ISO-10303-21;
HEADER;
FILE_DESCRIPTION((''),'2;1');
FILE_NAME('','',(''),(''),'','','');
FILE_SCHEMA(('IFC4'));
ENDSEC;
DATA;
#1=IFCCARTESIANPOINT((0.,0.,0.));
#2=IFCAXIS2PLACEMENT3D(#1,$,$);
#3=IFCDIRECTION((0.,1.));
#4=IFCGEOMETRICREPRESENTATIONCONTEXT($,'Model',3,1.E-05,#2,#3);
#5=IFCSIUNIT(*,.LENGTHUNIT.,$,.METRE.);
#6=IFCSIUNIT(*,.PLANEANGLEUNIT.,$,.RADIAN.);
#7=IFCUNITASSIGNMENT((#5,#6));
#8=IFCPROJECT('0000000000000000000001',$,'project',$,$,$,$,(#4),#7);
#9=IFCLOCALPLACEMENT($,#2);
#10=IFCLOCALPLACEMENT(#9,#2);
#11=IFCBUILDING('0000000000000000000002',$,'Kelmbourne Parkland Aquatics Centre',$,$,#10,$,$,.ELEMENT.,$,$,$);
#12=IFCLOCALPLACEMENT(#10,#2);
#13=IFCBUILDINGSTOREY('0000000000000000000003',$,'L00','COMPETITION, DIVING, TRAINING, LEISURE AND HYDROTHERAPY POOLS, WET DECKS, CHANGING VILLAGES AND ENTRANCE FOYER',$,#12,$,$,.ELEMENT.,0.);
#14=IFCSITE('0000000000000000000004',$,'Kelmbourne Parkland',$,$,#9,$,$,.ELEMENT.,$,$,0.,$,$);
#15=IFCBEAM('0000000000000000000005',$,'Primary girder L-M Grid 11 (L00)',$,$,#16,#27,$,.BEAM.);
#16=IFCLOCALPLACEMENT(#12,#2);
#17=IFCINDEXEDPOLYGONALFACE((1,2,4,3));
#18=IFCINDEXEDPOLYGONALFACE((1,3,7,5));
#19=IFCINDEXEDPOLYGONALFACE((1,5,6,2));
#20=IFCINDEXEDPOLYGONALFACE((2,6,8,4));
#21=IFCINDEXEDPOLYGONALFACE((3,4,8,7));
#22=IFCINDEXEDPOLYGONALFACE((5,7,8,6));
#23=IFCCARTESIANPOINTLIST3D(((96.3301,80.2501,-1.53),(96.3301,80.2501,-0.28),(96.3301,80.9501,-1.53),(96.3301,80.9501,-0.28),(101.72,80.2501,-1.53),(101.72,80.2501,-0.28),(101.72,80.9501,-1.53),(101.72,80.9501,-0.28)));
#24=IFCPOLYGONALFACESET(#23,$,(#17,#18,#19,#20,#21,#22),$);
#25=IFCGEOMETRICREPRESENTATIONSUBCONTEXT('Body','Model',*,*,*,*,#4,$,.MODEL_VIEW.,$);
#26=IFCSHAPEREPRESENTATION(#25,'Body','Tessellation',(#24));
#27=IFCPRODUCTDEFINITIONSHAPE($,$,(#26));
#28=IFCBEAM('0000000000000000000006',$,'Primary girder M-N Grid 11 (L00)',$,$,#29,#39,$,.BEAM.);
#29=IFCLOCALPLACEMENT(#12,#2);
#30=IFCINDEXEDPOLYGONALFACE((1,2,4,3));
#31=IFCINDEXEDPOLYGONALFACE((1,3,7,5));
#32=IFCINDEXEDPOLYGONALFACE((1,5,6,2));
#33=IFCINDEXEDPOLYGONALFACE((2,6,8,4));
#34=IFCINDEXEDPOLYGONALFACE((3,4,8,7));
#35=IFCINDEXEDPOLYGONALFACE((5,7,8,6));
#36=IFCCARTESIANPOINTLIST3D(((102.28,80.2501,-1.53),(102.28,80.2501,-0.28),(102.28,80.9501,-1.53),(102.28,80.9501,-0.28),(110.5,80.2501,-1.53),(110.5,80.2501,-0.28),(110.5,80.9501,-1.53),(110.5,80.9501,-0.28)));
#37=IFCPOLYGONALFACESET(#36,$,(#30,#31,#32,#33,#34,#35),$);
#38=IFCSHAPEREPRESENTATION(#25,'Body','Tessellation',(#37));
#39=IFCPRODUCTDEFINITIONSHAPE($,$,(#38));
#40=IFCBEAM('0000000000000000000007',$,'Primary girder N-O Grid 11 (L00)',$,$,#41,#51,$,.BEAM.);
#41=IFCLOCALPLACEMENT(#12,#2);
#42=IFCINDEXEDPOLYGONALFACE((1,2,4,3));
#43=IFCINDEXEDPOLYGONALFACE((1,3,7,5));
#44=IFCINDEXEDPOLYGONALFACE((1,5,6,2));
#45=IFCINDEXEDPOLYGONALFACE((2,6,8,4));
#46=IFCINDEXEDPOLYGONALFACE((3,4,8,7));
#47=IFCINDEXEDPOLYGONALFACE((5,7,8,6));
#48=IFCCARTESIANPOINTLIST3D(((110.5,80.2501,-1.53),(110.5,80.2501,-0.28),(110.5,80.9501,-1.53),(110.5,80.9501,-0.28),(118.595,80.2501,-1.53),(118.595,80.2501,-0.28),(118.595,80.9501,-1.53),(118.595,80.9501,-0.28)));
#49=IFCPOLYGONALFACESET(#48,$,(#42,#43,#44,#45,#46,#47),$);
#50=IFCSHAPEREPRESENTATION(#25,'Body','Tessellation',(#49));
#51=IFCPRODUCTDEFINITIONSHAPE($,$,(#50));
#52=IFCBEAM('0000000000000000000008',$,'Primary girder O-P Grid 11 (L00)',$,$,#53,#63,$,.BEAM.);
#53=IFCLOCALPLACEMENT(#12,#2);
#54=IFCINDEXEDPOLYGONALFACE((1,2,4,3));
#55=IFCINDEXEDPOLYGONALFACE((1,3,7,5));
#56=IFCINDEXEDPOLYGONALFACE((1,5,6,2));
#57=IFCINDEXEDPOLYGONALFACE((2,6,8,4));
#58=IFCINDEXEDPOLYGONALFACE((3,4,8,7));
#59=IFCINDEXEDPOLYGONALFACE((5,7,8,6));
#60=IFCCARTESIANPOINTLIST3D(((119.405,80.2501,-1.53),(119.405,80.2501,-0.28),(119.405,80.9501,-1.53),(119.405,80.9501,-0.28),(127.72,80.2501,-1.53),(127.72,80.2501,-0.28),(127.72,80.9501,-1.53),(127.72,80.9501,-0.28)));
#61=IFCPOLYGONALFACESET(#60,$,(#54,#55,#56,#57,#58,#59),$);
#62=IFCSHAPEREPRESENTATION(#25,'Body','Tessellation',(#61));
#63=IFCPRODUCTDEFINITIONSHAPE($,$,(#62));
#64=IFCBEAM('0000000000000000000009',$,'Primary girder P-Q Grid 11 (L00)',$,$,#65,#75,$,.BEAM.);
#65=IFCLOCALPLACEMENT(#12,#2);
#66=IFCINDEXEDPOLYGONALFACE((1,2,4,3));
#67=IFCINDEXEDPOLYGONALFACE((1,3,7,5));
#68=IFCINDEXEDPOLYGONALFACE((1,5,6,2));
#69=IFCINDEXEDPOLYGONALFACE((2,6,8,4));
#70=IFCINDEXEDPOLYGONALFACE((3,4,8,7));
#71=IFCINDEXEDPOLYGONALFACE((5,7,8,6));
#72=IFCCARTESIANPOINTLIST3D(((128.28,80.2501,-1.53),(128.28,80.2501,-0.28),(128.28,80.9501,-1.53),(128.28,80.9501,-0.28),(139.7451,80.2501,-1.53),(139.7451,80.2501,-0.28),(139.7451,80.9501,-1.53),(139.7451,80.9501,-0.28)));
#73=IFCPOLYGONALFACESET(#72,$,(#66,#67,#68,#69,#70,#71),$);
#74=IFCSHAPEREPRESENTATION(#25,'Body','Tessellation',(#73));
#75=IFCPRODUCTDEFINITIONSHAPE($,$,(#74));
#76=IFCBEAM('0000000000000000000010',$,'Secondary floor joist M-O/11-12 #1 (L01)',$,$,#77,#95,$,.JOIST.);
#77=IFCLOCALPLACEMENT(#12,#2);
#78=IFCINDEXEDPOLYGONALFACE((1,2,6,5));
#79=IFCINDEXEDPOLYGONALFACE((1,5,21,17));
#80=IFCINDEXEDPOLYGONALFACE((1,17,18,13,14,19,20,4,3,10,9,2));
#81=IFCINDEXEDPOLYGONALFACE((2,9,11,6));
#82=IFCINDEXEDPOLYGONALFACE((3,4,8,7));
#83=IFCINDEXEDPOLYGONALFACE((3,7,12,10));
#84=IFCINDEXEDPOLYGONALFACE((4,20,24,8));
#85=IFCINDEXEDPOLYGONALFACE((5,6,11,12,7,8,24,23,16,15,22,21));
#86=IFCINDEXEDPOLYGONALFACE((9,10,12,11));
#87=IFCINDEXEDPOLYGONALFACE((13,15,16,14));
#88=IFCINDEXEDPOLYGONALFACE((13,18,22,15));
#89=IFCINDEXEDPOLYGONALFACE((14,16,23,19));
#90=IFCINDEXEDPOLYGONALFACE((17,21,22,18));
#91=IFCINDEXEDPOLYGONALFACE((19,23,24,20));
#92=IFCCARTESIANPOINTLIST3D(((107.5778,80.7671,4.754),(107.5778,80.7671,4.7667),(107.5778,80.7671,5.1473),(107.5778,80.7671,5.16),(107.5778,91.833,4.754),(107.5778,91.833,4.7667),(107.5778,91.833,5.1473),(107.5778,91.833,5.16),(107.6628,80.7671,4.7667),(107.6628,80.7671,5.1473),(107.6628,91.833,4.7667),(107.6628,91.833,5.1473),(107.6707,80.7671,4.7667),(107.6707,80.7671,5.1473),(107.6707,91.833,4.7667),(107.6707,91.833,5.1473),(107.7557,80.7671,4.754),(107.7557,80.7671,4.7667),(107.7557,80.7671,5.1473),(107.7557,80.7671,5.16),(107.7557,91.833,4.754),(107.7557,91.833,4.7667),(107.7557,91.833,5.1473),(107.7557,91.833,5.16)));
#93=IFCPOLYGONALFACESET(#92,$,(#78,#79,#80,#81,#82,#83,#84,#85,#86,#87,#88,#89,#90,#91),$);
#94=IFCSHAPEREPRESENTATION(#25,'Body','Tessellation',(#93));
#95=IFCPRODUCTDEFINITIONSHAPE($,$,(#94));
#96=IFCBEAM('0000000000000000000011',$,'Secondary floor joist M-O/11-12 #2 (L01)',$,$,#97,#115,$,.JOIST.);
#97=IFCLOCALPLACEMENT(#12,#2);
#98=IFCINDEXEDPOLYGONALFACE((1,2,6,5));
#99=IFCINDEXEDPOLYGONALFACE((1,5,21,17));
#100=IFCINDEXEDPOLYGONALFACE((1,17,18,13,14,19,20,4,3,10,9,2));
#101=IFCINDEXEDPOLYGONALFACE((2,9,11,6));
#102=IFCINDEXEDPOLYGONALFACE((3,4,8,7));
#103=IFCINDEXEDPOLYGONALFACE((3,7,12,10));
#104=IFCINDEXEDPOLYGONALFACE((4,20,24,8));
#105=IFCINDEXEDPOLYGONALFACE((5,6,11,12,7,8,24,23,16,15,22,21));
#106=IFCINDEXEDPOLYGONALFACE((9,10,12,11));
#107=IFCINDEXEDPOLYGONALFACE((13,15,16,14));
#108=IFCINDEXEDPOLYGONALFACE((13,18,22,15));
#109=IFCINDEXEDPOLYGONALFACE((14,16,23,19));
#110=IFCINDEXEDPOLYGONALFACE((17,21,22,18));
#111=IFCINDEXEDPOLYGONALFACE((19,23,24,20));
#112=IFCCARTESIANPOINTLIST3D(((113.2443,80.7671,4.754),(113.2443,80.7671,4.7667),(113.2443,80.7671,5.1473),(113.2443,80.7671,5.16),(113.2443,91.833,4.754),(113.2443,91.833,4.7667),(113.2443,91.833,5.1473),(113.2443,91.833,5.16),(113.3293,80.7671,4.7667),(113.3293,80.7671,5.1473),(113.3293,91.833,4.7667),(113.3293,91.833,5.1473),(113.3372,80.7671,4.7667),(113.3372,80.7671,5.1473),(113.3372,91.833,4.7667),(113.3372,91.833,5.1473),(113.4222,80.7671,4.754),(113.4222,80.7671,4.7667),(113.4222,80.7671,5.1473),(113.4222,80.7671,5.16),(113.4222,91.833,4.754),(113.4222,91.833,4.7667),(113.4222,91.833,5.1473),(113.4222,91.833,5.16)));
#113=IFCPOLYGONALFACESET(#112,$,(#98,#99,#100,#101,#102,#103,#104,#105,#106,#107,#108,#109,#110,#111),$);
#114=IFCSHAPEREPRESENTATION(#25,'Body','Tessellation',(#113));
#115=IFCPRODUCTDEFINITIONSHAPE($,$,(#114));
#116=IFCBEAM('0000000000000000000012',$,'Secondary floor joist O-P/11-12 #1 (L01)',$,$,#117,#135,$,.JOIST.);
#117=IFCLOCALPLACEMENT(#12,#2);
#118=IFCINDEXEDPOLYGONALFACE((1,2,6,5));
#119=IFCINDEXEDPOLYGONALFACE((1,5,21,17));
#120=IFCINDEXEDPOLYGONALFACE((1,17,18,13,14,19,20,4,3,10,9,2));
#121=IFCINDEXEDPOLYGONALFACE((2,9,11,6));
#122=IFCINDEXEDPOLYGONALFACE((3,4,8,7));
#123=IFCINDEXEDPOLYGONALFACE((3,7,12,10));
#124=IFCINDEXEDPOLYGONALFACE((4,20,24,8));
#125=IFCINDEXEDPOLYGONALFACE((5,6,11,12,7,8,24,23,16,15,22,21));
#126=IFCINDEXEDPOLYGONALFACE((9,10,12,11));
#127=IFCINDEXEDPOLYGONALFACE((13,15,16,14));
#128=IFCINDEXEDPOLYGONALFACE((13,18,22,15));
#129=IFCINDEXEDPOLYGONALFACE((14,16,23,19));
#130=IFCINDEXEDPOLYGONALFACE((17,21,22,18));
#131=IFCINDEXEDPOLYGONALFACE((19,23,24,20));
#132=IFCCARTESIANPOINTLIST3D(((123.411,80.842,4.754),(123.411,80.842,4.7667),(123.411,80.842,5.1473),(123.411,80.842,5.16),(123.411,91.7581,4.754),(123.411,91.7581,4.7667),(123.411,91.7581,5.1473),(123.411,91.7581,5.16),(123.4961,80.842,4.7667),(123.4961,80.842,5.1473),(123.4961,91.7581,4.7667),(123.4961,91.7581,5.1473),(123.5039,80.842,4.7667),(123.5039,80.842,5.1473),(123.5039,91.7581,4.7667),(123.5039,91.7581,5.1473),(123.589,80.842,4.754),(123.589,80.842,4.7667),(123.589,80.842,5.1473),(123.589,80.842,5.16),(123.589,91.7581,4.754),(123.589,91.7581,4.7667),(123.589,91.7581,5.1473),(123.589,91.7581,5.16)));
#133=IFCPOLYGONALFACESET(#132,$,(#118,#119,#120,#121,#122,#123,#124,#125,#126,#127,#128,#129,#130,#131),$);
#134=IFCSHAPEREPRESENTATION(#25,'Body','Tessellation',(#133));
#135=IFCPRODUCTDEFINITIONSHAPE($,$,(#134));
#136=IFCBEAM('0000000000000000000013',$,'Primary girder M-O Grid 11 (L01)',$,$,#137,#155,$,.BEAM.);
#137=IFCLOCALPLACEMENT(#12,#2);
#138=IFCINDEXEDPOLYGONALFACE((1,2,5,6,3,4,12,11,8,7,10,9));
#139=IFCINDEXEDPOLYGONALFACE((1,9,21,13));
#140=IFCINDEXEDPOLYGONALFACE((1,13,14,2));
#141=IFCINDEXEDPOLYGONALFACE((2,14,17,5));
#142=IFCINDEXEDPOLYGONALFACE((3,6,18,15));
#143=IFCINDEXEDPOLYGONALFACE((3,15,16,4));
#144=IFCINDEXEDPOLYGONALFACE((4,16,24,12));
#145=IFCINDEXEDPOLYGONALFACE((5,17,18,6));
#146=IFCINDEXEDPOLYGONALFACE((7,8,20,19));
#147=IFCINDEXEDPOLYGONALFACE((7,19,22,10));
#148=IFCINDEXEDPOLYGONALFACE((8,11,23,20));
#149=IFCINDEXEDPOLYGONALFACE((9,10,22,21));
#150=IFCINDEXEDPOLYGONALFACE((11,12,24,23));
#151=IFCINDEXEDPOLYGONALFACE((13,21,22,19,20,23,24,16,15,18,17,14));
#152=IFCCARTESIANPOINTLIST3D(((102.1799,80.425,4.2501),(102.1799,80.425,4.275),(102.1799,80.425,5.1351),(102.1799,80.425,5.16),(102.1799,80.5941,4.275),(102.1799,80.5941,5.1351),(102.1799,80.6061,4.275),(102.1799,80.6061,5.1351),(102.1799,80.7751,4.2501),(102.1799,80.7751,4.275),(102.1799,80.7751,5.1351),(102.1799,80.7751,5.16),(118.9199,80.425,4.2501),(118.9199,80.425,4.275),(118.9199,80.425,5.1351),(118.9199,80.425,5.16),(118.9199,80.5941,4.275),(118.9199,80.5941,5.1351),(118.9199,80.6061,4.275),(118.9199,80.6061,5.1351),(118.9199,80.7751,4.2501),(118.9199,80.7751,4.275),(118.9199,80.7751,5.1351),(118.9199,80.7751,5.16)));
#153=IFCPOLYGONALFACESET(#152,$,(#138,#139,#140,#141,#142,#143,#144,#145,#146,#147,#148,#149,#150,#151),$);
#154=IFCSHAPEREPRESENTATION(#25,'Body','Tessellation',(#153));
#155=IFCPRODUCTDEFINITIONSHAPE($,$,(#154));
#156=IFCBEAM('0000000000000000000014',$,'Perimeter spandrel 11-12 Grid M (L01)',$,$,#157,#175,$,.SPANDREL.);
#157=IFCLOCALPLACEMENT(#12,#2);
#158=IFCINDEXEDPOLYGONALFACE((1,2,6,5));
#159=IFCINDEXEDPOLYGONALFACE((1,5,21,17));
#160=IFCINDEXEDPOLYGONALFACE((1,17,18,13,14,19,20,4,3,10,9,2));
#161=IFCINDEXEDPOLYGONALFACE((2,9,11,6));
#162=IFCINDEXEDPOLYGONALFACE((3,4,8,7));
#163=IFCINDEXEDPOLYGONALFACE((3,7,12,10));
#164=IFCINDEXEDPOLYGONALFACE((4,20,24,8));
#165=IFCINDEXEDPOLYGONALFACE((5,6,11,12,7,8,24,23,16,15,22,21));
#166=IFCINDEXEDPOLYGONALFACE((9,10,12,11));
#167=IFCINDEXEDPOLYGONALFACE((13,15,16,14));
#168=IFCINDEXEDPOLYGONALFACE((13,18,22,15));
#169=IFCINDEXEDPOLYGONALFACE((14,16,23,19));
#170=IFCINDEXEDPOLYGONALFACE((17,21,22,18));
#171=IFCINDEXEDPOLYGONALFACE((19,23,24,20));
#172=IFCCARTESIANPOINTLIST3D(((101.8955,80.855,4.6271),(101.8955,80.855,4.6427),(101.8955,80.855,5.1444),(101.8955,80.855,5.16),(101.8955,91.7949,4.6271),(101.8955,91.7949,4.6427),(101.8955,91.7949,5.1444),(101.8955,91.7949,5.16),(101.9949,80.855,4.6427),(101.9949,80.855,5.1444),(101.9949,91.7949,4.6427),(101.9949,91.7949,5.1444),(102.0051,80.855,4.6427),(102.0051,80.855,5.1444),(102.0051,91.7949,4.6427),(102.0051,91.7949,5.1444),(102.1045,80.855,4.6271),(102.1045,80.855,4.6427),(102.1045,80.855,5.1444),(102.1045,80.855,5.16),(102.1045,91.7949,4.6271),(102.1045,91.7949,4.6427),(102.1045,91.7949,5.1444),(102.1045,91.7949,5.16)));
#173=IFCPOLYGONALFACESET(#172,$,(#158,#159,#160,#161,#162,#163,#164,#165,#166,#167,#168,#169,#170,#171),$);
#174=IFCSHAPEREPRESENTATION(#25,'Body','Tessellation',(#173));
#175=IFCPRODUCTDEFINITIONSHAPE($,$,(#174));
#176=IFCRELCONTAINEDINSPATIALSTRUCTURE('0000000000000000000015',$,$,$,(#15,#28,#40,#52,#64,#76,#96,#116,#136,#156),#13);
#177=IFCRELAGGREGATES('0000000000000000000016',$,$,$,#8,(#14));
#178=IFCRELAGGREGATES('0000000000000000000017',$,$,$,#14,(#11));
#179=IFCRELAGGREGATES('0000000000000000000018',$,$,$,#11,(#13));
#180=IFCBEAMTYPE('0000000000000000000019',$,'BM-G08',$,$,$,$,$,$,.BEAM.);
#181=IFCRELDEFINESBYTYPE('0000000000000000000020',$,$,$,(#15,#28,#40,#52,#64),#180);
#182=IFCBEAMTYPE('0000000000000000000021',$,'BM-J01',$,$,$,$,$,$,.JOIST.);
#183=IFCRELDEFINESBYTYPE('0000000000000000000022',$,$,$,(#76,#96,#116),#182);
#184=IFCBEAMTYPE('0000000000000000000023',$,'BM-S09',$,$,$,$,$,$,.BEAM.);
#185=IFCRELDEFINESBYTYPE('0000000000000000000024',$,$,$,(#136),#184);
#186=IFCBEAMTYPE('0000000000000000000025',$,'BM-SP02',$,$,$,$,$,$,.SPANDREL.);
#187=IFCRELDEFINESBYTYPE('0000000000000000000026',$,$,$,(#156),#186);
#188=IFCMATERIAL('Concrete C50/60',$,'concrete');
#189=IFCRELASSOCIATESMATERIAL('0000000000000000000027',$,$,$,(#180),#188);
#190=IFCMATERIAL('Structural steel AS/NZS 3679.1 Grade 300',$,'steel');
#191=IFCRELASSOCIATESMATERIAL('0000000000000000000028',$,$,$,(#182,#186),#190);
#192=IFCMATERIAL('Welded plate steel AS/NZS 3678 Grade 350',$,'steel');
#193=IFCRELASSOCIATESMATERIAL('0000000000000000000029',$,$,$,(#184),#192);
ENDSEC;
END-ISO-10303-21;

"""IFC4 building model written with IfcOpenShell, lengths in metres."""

from ifc_helpers import new_model, si_unit, direction, frame, origin, origin_2d, place, context, subcontext, project, spatial, rectangle, i_section, extrude, material, material_profile, profile_set, type_object, element, save


model = new_model("IFC4")

# Units and contexts
model_context = context("Model", 3, precision=1e-05, world=origin(), true_north=direction((0.0, 1.0)))
body_context = subcontext(model_context, "Body", "Model", "MODEL_VIEW")
ifc_project = project(units=[si_unit("LENGTHUNIT", "METRE"), si_unit("PLANEANGLEUNIT", "RADIAN")], contexts=[model_context])

# Site, building, storey
site_placement = place(None, origin())
site = spatial("IfcSite", under=ifc_project, at=site_placement, Name="Kelmbourne Parkland", CompositionType="ELEMENT", RefElevation=0.0)
building_placement = place(site_placement, origin())
building = spatial("IfcBuilding", under=site, at=building_placement, Name="Kelmbourne Parkland Aquatics Centre", CompositionType="ELEMENT")
storey_placement = place(building_placement, origin())
storey = spatial("IfcBuildingStorey", under=building, at=storey_placement, Name="L00", Description="COMPETITION, DIVING, TRAINING, LEISURE AND HYDROTHERAPY POOLS, WET DECKS, CHANGING VILLAGES AND ENTRANCE FOYER", CompositionType="ELEMENT", Elevation=0.0)

# Beams
ifc_material_1 = material(Name="Concrete C50/60", Category="concrete")
ifc_material_profile_1 = material_profile(ifc_material_1, rectangle(XDim=0.7, YDim=1.25, at=origin_2d()), Name="RC 700x1250")
ifc_profile_set_1 = profile_set([ifc_material_profile_1], Name="Concrete C50/60")
beam_type_1 = type_object("IfcBeamType", Name="BM-G08", PredefinedType="BEAM", material=ifc_profile_set_1)
beam_1_placement = place(storey_placement, frame((96.3301, 80.6001, -0.905), z_axis=(1.0, 0.0, 0.0), x_axis=(0.0, 1.0, 0.0)))
element("IfcBeam", 1, at=beam_1_placement, inside=storey, type_object=beam_type_1, Name="Primary girder L-M Grid 11 (L00)", PredefinedType="BEAM", context=body_context, shape_type="SweptSolid", body=[
    extrude(rectangle(XDim=0.7, YDim=1.25, at=origin_2d()), origin(), (0.0, 0.0, 1.0), 5.3899),
])
beam_2_placement = place(storey_placement, frame((102.28, 80.6001, -0.905), z_axis=(1.0, 0.0, 0.0), x_axis=(0.0, 1.0, 0.0)))
element("IfcBeam", 2, at=beam_2_placement, inside=storey, type_object=beam_type_1, Name="Primary girder M-N Grid 11 (L00)", PredefinedType="BEAM", context=body_context, shape_type="SweptSolid", body=[
    extrude(rectangle(XDim=0.7, YDim=1.25, at=origin_2d()), origin(), (0.0, 0.0, 1.0), 8.22),
])
beam_3_placement = place(storey_placement, frame((110.5, 80.6001, -0.905), z_axis=(1.0, 0.0, 0.0), x_axis=(0.0, 1.0, 0.0)))
element("IfcBeam", 3, at=beam_3_placement, inside=storey, type_object=beam_type_1, Name="Primary girder N-O Grid 11 (L00)", PredefinedType="BEAM", context=body_context, shape_type="SweptSolid", body=[
    extrude(rectangle(XDim=0.7, YDim=1.25, at=origin_2d()), origin(), (0.0, 0.0, 1.0), 8.095),
])
beam_4_placement = place(storey_placement, frame((119.405, 80.6001, -0.905), z_axis=(1.0, 0.0, 0.0), x_axis=(0.0, 1.0, 0.0)))
element("IfcBeam", 4, at=beam_4_placement, inside=storey, type_object=beam_type_1, Name="Primary girder O-P Grid 11 (L00)", PredefinedType="BEAM", context=body_context, shape_type="SweptSolid", body=[
    extrude(rectangle(XDim=0.7, YDim=1.25, at=origin_2d()), origin(), (0.0, 0.0, 1.0), 8.3149),
])
beam_5_placement = place(storey_placement, frame((128.28, 80.6001, -0.905), z_axis=(1.0, 0.0, 0.0), x_axis=(0.0, 1.0, 0.0)))
element("IfcBeam", 5, at=beam_5_placement, inside=storey, type_object=beam_type_1, Name="Primary girder P-Q Grid 11 (L00)", PredefinedType="BEAM", context=body_context, shape_type="SweptSolid", body=[
    extrude(rectangle(XDim=0.7, YDim=1.25, at=origin_2d()), origin(), (0.0, 0.0, 1.0), 11.4651),
])
ifc_material_2 = material(Name="Structural steel AS/NZS 3679.1 Grade 300", Category="steel")
ifc_material_profile_2 = material_profile(ifc_material_2, i_section(OverallWidth=0.178, OverallDepth=0.406, WebThickness=0.0078, FlangeThickness=0.0127, at=origin_2d()), Name="410UB59.7")
ifc_profile_set_2 = profile_set([ifc_material_profile_2], Name="Structural steel AS/NZS 3679.1 Grade 300")
beam_type_2 = type_object("IfcBeamType", Name="BM-J01", PredefinedType="JOIST", material=ifc_profile_set_2)
for number, where, z_axis, x_axis, name in (
    (6, (107.6667, 80.7671, 4.957), (0.0, 1.0, 0.0), (-1.0, 0.0, 0.0), "Secondary floor joist M-O/11-12 #1 (L01)"),
    (7, (113.3333, 80.7671, 4.957), (0.0, 1.0, 0.0), (-1.0, 0.0, 0.0), "Secondary floor joist M-O/11-12 #2 (L01)"),
):
    element("IfcBeam", number, at=place(storey_placement, frame(where, z_axis=z_axis, x_axis=x_axis)), inside=storey, type_object=beam_type_2, Name=name, PredefinedType="JOIST", context=body_context, shape_type="SweptSolid", body=[
        extrude(i_section(OverallWidth=0.178, OverallDepth=0.406, WebThickness=0.0078, FlangeThickness=0.0127, at=origin_2d()), origin(), (0.0, 0.0, 1.0), 11.0659),
    ])
beam_6_placement = place(storey_placement, frame((123.5, 80.842, 4.957), z_axis=(0.0, 1.0, 0.0), x_axis=(-1.0, 0.0, 0.0)))
element("IfcBeam", 8, at=beam_6_placement, inside=storey, type_object=beam_type_2, Name="Secondary floor joist O-P/11-12 #1 (L01)", PredefinedType="JOIST", context=body_context, shape_type="SweptSolid", body=[
    extrude(i_section(OverallWidth=0.178, OverallDepth=0.406, WebThickness=0.0078, FlangeThickness=0.0127, at=origin_2d()), origin(), (0.0, 0.0, 1.0), 10.916),
])
ifc_material_3 = material(Name="Welded plate steel AS/NZS 3678 Grade 350", Category="steel")
ifc_material_profile_3 = material_profile(ifc_material_3, i_section(OverallWidth=0.3501, OverallDepth=0.9099, WebThickness=0.012, FlangeThickness=0.0249, at=origin_2d()), Name="900WB218")
ifc_profile_set_3 = profile_set([ifc_material_profile_3], Name="Welded plate steel AS/NZS 3678 Grade 350")
beam_type_3 = type_object("IfcBeamType", Name="BM-S09", PredefinedType="BEAM", material=ifc_profile_set_3)
beam_7_placement = place(storey_placement, frame((102.1799, 80.6001, 4.7051), z_axis=(1.0, 0.0, 0.0), x_axis=(0.0, 1.0, 0.0)))
element("IfcBeam", 9, at=beam_7_placement, inside=storey, type_object=beam_type_3, Name="Primary girder M-O Grid 11 (L01)", PredefinedType="BEAM", context=body_context, shape_type="SweptSolid", body=[
    extrude(i_section(OverallWidth=0.3501, OverallDepth=0.9099, WebThickness=0.012, FlangeThickness=0.0249, at=origin_2d()), origin(), (0.0, 0.0, 1.0), 16.74),
])
ifc_material_profile_4 = material_profile(ifc_material_2, i_section(OverallWidth=0.209, OverallDepth=0.533, WebThickness=0.0103, FlangeThickness=0.0156, at=origin_2d()), Name="530UB92.4")
ifc_profile_set_4 = profile_set([ifc_material_profile_4], Name="Structural steel AS/NZS 3679.1 Grade 300")
beam_type_4 = type_object("IfcBeamType", Name="BM-SP02", PredefinedType="SPANDREL", material=ifc_profile_set_4)
beam_8_placement = place(storey_placement, frame((102.0, 80.855, 4.8936), z_axis=(0.0, 1.0, 0.0), x_axis=(-1.0, 0.0, 0.0)))
element("IfcBeam", 10, at=beam_8_placement, inside=storey, type_object=beam_type_4, Name="Perimeter spandrel 11-12 Grid M (L01)", PredefinedType="SPANDREL", context=body_context, shape_type="SweptSolid", body=[
    extrude(i_section(OverallWidth=0.209, OverallDepth=0.533, WebThickness=0.0103, FlangeThickness=0.0156, at=origin_2d()), origin(), (0.0, 0.0, 1.0), 10.9399),
])

save(model, "model.ifc")
